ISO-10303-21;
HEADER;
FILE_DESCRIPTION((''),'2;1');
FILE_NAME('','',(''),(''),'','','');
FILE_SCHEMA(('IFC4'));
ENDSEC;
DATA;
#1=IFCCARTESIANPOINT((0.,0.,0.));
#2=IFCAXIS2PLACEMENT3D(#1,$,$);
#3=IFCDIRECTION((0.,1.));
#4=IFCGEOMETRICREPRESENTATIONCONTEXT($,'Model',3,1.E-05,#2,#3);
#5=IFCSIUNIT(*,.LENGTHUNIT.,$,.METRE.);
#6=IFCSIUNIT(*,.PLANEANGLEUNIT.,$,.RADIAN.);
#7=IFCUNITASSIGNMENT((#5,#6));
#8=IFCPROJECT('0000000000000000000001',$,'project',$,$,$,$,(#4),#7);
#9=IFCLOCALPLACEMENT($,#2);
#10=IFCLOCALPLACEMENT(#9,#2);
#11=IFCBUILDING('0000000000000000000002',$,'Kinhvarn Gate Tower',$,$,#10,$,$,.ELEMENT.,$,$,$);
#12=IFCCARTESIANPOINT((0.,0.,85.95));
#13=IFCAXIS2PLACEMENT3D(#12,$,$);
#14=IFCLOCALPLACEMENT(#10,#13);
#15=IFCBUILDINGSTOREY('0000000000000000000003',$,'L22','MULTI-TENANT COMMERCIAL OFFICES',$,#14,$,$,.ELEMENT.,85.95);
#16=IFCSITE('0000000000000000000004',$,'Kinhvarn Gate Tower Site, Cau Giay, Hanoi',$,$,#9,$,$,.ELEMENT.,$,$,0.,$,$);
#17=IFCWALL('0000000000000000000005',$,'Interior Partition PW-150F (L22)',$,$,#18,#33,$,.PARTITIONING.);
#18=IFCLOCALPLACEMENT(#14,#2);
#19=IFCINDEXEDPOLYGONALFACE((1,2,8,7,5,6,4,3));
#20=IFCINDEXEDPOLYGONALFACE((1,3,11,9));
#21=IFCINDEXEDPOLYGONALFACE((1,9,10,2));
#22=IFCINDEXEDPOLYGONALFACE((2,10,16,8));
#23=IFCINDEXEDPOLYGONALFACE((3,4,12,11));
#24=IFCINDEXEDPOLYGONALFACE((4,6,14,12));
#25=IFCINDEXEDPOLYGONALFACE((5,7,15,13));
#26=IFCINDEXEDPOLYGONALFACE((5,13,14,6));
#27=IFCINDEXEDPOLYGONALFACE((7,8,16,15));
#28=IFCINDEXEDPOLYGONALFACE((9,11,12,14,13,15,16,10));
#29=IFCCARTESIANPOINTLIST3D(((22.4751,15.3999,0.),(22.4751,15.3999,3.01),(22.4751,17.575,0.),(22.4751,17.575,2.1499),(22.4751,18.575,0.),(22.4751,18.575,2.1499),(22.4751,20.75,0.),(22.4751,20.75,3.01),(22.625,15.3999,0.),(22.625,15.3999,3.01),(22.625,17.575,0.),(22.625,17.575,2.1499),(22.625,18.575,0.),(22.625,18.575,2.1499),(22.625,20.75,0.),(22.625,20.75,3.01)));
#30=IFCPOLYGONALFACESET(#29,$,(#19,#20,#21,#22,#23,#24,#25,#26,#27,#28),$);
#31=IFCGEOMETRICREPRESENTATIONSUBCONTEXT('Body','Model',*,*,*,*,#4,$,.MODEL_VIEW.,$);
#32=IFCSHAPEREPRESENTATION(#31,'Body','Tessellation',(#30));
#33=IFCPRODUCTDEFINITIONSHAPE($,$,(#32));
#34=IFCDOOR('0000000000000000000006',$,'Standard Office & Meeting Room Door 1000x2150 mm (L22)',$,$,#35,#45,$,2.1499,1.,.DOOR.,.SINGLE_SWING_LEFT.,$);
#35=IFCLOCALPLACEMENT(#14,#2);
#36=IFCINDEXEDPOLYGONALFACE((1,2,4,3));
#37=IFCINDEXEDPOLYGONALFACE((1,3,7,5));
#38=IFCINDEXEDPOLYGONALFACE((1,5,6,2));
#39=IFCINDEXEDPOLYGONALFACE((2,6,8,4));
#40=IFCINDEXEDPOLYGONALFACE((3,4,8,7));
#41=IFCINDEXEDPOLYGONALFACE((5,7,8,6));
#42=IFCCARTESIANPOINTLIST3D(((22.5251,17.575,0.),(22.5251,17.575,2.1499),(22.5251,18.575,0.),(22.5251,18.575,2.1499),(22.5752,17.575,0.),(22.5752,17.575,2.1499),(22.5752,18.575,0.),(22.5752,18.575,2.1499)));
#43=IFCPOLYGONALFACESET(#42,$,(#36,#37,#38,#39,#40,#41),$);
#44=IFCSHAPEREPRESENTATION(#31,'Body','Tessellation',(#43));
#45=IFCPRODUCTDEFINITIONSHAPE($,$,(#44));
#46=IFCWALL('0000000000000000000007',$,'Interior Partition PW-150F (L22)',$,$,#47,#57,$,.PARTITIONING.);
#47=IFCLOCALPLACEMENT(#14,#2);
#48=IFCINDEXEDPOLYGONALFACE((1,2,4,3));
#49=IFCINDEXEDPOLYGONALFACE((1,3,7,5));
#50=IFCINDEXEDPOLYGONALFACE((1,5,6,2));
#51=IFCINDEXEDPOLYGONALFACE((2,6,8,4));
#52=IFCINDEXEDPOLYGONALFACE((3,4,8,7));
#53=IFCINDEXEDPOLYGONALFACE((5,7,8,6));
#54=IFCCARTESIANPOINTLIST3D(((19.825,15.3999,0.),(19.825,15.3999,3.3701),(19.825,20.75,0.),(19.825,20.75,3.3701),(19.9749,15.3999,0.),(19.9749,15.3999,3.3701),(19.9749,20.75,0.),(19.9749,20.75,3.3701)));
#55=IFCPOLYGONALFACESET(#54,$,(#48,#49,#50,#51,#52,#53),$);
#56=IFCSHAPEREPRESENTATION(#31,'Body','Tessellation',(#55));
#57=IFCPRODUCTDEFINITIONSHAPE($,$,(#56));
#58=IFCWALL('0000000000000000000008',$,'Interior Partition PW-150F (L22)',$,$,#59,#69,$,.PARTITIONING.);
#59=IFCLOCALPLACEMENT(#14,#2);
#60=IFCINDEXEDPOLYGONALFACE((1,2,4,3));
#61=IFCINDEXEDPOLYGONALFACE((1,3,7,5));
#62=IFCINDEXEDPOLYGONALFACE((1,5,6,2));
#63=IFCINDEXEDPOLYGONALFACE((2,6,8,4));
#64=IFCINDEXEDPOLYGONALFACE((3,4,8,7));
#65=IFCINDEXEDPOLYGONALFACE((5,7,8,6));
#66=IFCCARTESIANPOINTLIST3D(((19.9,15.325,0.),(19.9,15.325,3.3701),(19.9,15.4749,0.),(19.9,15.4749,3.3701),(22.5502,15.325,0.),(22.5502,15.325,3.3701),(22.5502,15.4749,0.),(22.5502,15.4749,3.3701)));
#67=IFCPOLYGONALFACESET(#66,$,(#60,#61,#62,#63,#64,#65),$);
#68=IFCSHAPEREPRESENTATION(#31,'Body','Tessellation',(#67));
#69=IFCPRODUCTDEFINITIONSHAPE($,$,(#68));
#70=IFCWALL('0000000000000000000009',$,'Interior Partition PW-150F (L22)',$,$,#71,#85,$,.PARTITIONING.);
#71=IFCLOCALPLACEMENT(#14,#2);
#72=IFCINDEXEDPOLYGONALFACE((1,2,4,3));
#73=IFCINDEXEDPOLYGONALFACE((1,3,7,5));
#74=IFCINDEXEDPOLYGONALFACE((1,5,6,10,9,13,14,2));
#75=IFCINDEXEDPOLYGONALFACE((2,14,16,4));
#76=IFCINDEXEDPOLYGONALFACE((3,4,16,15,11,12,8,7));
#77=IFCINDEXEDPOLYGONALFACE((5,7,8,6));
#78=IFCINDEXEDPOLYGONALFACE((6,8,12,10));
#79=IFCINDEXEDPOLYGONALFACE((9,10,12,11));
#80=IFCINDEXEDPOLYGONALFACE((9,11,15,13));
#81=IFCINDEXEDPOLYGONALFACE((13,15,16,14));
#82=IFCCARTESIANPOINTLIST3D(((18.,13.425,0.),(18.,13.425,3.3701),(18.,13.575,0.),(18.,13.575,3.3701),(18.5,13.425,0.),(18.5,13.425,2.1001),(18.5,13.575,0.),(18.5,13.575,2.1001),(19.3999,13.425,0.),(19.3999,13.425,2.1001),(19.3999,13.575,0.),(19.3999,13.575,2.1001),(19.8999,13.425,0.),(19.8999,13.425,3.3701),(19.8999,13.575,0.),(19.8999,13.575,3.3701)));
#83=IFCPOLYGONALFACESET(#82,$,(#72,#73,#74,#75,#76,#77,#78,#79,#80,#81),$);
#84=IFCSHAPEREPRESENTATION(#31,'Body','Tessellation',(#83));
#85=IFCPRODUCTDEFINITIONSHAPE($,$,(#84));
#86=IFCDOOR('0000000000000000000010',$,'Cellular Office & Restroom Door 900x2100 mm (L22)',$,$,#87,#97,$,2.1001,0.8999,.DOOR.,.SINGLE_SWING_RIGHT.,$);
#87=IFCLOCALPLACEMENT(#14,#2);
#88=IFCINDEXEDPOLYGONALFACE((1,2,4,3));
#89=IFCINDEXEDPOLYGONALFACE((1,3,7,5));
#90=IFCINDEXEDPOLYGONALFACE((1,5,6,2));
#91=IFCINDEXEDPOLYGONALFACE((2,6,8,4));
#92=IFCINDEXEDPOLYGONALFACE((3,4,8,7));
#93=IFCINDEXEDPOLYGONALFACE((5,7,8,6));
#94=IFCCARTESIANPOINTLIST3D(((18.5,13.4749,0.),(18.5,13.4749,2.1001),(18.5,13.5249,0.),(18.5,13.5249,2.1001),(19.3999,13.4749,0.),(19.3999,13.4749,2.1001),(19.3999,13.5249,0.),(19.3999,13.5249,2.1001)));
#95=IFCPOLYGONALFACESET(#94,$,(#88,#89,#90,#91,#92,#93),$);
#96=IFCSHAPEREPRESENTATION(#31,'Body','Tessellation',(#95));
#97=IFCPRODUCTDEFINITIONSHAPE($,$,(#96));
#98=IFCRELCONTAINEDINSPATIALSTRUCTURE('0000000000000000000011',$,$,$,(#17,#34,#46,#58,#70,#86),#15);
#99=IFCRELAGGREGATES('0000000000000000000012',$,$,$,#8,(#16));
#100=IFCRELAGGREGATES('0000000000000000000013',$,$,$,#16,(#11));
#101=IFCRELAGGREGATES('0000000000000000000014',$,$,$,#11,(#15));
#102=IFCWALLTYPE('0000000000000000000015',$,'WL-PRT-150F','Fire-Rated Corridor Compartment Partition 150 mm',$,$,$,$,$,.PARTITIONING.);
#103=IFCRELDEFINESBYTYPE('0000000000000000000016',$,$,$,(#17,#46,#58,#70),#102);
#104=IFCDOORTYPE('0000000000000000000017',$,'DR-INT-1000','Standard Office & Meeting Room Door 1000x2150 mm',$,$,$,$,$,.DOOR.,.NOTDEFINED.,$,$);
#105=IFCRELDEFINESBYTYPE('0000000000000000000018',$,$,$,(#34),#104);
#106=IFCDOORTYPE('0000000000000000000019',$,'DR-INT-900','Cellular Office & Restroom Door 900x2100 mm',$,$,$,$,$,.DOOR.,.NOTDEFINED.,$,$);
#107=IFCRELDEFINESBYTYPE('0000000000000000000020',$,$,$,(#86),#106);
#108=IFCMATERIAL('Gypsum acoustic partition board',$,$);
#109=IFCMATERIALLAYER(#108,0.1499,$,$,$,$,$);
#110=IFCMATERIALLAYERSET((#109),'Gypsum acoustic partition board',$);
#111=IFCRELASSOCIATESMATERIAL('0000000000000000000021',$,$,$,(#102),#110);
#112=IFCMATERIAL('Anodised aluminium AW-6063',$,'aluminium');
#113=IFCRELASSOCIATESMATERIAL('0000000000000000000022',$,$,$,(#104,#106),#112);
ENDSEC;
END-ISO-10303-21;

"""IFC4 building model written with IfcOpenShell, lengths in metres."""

from ifc_helpers import new_model, si_unit, direction, frame, frame_2d, origin, place, context, subcontext, project, spatial, rectangle, extrude, material, layer, layer_set, type_object, element, fill, save


model = new_model("IFC4")

# Units and contexts
model_context = context("Model", 3, precision=1e-05, world=origin(), true_north=direction((0.0, 1.0)))
body_context = subcontext(model_context, "Body", "Model", "MODEL_VIEW")
ifc_project = project(units=[si_unit("LENGTHUNIT", "METRE"), si_unit("PLANEANGLEUNIT", "RADIAN")], contexts=[model_context])

# Site, building, storey
site_placement = place(None, origin())
site = spatial("IfcSite", under=ifc_project, at=site_placement, Name="Kinhvarn Gate Tower Site, Cau Giay, Hanoi", CompositionType="ELEMENT", RefElevation=0.0)
building_placement = place(site_placement, origin())
building = spatial("IfcBuilding", under=site, at=building_placement, Name="Kinhvarn Gate Tower", CompositionType="ELEMENT")
storey_placement = place(building_placement, frame((0.0, 0.0, 85.95)))
storey = spatial("IfcBuildingStorey", under=building, at=storey_placement, Name="L22", Description="MULTI-TENANT COMMERCIAL OFFICES", CompositionType="ELEMENT", Elevation=85.95)

# Shared definitions
ifc_material_1 = material(Name="Gypsum acoustic partition board")
ifc_material_2 = material(Name="Anodised aluminium AW-6063", Category="aluminium")

# Wall, opening, door
ifc_layer_1 = layer(ifc_material_1, 0.1499)
ifc_layer_set_1 = layer_set([ifc_layer_1], Name="Gypsum acoustic partition board")
wall_type_1 = type_object("IfcWallType", Name="WL-PRT-150F", Description="Fire-Rated Corridor Compartment Partition 150 mm", PredefinedType="PARTITIONING", material=ifc_layer_set_1)
wall_1_placement = place(storey_placement, frame((22.55, 15.3999, 0.0), z_axis=(0.0, 0.0, 1.0), x_axis=(0.0, 1.0, 0.0)))
wall_1 = element("IfcWall", 1, at=wall_1_placement, inside=storey, type_object=wall_type_1, Name="Interior Partition PW-150F (L22)", PredefinedType="PARTITIONING", context=body_context, shape_type="SweptSolid", body=[
    extrude(rectangle(XDim=5.3501, YDim=0.1499, at=frame_2d((2.675, 0.0))), origin(), (0.0, 0.0, 1.0), 3.01),
])
opening_1_placement = place(wall_1_placement, frame((2.175, 0.0, 0.0)))
opening_1 = element("IfcOpeningElement", 2, at=opening_1_placement, cuts=wall_1, PredefinedType="OPENING", context=body_context, shape_type="SweptSolid", body=[
    extrude(rectangle(XDim=1.0, YDim=2.1499, at=frame_2d((0.5, 1.075))), frame((0.0, 0.085, 0.0), z_axis=(0.0, -1.0, 0.0), x_axis=(1.0, 0.0, 0.0)), (0.0, 0.0, 1.0), 0.1699),
])
door_type_1 = type_object("IfcDoorType", Name="DR-INT-1000", Description="Standard Office & Meeting Room Door 1000x2150 mm", OperationType="NOTDEFINED", PredefinedType="DOOR", material=ifc_material_2)
door_1_placement = place(opening_1_placement, origin())
door_1 = element("IfcDoor", 3, at=door_1_placement, inside=storey, type_object=door_type_1, Name="Standard Office & Meeting Room Door 1000x2150 mm (L22)", OperationType="SINGLE_SWING_LEFT", OverallHeight=2.1499, OverallWidth=1.0, PredefinedType="DOOR", context=body_context, shape_type="SweptSolid", body=[
    extrude(rectangle(XDim=1.0, YDim=2.1499, at=frame_2d((0.5, 1.075))), frame((0.0, 0.0249, 0.0), z_axis=(0.0, -1.0, 0.0), x_axis=(1.0, 0.0, 0.0)), (0.0, 0.0, 1.0), 0.05),
])
fill(opening_1, door_1)

# Walls
wall_2_placement = place(storey_placement, frame((19.8999, 15.3999, 0.0), z_axis=(0.0, 0.0, 1.0), x_axis=(0.0, 1.0, 0.0)))
element("IfcWall", 4, at=wall_2_placement, inside=storey, type_object=wall_type_1, Name="Interior Partition PW-150F (L22)", PredefinedType="PARTITIONING", context=body_context, shape_type="SweptSolid", body=[
    extrude(rectangle(XDim=5.3501, YDim=0.1499, at=frame_2d((2.675, 0.0))), origin(), (0.0, 0.0, 1.0), 3.3701),
])
wall_3_placement = place(storey_placement, frame((19.8999, 15.3999, 0.0), z_axis=(0.0, 0.0, 1.0), x_axis=(1.0, 0.0, 0.0)))
element("IfcWall", 5, at=wall_3_placement, inside=storey, type_object=wall_type_1, Name="Interior Partition PW-150F (L22)", PredefinedType="PARTITIONING", context=body_context, shape_type="SweptSolid", body=[
    extrude(rectangle(XDim=2.6501, YDim=0.1499, at=frame_2d((1.3252, 0.0))), origin(), (0.0, 0.0, 1.0), 3.3701),
])

# Wall, opening, door
wall_4_placement = place(storey_placement, frame((18.0, 13.5, 0.0), z_axis=(0.0, 0.0, 1.0), x_axis=(1.0, 0.0, 0.0)))
wall_4 = element("IfcWall", 6, at=wall_4_placement, inside=storey, type_object=wall_type_1, Name="Interior Partition PW-150F (L22)", PredefinedType="PARTITIONING", context=body_context, shape_type="SweptSolid", body=[
    extrude(rectangle(XDim=1.8999, YDim=0.1499, at=frame_2d((0.95, 0.0))), origin(), (0.0, 0.0, 1.0), 3.3701),
])
opening_2_placement = place(wall_4_placement, frame((0.5, 0.0, 0.0)))
opening_2 = element("IfcOpeningElement", 7, at=opening_2_placement, cuts=wall_4, PredefinedType="OPENING", context=body_context, shape_type="SweptSolid", body=[
    extrude(rectangle(XDim=0.8999, YDim=2.1001, at=frame_2d((0.45, 1.05))), frame((0.0, 0.085, 0.0), z_axis=(0.0, -1.0, 0.0), x_axis=(1.0, 0.0, 0.0)), (0.0, 0.0, 1.0), 0.1699),
])
door_type_2 = type_object("IfcDoorType", Name="DR-INT-900", Description="Cellular Office & Restroom Door 900x2100 mm", OperationType="NOTDEFINED", PredefinedType="DOOR", material=ifc_material_2)
door_2_placement = place(opening_2_placement, origin())
door_2 = element("IfcDoor", 8, at=door_2_placement, inside=storey, type_object=door_type_2, Name="Cellular Office & Restroom Door 900x2100 mm (L22)", OperationType="SINGLE_SWING_RIGHT", OverallHeight=2.1001, OverallWidth=0.8999, PredefinedType="DOOR", context=body_context, shape_type="SweptSolid", body=[
    extrude(rectangle(XDim=0.8999, YDim=2.1001, at=frame_2d((0.45, 1.05))), frame((0.0, 0.0249, 0.0), z_axis=(0.0, -1.0, 0.0), x_axis=(1.0, 0.0, 0.0)), (0.0, 0.0, 1.0), 0.05),
])
fill(opening_2, door_2)

save(model, "model.ifc")
